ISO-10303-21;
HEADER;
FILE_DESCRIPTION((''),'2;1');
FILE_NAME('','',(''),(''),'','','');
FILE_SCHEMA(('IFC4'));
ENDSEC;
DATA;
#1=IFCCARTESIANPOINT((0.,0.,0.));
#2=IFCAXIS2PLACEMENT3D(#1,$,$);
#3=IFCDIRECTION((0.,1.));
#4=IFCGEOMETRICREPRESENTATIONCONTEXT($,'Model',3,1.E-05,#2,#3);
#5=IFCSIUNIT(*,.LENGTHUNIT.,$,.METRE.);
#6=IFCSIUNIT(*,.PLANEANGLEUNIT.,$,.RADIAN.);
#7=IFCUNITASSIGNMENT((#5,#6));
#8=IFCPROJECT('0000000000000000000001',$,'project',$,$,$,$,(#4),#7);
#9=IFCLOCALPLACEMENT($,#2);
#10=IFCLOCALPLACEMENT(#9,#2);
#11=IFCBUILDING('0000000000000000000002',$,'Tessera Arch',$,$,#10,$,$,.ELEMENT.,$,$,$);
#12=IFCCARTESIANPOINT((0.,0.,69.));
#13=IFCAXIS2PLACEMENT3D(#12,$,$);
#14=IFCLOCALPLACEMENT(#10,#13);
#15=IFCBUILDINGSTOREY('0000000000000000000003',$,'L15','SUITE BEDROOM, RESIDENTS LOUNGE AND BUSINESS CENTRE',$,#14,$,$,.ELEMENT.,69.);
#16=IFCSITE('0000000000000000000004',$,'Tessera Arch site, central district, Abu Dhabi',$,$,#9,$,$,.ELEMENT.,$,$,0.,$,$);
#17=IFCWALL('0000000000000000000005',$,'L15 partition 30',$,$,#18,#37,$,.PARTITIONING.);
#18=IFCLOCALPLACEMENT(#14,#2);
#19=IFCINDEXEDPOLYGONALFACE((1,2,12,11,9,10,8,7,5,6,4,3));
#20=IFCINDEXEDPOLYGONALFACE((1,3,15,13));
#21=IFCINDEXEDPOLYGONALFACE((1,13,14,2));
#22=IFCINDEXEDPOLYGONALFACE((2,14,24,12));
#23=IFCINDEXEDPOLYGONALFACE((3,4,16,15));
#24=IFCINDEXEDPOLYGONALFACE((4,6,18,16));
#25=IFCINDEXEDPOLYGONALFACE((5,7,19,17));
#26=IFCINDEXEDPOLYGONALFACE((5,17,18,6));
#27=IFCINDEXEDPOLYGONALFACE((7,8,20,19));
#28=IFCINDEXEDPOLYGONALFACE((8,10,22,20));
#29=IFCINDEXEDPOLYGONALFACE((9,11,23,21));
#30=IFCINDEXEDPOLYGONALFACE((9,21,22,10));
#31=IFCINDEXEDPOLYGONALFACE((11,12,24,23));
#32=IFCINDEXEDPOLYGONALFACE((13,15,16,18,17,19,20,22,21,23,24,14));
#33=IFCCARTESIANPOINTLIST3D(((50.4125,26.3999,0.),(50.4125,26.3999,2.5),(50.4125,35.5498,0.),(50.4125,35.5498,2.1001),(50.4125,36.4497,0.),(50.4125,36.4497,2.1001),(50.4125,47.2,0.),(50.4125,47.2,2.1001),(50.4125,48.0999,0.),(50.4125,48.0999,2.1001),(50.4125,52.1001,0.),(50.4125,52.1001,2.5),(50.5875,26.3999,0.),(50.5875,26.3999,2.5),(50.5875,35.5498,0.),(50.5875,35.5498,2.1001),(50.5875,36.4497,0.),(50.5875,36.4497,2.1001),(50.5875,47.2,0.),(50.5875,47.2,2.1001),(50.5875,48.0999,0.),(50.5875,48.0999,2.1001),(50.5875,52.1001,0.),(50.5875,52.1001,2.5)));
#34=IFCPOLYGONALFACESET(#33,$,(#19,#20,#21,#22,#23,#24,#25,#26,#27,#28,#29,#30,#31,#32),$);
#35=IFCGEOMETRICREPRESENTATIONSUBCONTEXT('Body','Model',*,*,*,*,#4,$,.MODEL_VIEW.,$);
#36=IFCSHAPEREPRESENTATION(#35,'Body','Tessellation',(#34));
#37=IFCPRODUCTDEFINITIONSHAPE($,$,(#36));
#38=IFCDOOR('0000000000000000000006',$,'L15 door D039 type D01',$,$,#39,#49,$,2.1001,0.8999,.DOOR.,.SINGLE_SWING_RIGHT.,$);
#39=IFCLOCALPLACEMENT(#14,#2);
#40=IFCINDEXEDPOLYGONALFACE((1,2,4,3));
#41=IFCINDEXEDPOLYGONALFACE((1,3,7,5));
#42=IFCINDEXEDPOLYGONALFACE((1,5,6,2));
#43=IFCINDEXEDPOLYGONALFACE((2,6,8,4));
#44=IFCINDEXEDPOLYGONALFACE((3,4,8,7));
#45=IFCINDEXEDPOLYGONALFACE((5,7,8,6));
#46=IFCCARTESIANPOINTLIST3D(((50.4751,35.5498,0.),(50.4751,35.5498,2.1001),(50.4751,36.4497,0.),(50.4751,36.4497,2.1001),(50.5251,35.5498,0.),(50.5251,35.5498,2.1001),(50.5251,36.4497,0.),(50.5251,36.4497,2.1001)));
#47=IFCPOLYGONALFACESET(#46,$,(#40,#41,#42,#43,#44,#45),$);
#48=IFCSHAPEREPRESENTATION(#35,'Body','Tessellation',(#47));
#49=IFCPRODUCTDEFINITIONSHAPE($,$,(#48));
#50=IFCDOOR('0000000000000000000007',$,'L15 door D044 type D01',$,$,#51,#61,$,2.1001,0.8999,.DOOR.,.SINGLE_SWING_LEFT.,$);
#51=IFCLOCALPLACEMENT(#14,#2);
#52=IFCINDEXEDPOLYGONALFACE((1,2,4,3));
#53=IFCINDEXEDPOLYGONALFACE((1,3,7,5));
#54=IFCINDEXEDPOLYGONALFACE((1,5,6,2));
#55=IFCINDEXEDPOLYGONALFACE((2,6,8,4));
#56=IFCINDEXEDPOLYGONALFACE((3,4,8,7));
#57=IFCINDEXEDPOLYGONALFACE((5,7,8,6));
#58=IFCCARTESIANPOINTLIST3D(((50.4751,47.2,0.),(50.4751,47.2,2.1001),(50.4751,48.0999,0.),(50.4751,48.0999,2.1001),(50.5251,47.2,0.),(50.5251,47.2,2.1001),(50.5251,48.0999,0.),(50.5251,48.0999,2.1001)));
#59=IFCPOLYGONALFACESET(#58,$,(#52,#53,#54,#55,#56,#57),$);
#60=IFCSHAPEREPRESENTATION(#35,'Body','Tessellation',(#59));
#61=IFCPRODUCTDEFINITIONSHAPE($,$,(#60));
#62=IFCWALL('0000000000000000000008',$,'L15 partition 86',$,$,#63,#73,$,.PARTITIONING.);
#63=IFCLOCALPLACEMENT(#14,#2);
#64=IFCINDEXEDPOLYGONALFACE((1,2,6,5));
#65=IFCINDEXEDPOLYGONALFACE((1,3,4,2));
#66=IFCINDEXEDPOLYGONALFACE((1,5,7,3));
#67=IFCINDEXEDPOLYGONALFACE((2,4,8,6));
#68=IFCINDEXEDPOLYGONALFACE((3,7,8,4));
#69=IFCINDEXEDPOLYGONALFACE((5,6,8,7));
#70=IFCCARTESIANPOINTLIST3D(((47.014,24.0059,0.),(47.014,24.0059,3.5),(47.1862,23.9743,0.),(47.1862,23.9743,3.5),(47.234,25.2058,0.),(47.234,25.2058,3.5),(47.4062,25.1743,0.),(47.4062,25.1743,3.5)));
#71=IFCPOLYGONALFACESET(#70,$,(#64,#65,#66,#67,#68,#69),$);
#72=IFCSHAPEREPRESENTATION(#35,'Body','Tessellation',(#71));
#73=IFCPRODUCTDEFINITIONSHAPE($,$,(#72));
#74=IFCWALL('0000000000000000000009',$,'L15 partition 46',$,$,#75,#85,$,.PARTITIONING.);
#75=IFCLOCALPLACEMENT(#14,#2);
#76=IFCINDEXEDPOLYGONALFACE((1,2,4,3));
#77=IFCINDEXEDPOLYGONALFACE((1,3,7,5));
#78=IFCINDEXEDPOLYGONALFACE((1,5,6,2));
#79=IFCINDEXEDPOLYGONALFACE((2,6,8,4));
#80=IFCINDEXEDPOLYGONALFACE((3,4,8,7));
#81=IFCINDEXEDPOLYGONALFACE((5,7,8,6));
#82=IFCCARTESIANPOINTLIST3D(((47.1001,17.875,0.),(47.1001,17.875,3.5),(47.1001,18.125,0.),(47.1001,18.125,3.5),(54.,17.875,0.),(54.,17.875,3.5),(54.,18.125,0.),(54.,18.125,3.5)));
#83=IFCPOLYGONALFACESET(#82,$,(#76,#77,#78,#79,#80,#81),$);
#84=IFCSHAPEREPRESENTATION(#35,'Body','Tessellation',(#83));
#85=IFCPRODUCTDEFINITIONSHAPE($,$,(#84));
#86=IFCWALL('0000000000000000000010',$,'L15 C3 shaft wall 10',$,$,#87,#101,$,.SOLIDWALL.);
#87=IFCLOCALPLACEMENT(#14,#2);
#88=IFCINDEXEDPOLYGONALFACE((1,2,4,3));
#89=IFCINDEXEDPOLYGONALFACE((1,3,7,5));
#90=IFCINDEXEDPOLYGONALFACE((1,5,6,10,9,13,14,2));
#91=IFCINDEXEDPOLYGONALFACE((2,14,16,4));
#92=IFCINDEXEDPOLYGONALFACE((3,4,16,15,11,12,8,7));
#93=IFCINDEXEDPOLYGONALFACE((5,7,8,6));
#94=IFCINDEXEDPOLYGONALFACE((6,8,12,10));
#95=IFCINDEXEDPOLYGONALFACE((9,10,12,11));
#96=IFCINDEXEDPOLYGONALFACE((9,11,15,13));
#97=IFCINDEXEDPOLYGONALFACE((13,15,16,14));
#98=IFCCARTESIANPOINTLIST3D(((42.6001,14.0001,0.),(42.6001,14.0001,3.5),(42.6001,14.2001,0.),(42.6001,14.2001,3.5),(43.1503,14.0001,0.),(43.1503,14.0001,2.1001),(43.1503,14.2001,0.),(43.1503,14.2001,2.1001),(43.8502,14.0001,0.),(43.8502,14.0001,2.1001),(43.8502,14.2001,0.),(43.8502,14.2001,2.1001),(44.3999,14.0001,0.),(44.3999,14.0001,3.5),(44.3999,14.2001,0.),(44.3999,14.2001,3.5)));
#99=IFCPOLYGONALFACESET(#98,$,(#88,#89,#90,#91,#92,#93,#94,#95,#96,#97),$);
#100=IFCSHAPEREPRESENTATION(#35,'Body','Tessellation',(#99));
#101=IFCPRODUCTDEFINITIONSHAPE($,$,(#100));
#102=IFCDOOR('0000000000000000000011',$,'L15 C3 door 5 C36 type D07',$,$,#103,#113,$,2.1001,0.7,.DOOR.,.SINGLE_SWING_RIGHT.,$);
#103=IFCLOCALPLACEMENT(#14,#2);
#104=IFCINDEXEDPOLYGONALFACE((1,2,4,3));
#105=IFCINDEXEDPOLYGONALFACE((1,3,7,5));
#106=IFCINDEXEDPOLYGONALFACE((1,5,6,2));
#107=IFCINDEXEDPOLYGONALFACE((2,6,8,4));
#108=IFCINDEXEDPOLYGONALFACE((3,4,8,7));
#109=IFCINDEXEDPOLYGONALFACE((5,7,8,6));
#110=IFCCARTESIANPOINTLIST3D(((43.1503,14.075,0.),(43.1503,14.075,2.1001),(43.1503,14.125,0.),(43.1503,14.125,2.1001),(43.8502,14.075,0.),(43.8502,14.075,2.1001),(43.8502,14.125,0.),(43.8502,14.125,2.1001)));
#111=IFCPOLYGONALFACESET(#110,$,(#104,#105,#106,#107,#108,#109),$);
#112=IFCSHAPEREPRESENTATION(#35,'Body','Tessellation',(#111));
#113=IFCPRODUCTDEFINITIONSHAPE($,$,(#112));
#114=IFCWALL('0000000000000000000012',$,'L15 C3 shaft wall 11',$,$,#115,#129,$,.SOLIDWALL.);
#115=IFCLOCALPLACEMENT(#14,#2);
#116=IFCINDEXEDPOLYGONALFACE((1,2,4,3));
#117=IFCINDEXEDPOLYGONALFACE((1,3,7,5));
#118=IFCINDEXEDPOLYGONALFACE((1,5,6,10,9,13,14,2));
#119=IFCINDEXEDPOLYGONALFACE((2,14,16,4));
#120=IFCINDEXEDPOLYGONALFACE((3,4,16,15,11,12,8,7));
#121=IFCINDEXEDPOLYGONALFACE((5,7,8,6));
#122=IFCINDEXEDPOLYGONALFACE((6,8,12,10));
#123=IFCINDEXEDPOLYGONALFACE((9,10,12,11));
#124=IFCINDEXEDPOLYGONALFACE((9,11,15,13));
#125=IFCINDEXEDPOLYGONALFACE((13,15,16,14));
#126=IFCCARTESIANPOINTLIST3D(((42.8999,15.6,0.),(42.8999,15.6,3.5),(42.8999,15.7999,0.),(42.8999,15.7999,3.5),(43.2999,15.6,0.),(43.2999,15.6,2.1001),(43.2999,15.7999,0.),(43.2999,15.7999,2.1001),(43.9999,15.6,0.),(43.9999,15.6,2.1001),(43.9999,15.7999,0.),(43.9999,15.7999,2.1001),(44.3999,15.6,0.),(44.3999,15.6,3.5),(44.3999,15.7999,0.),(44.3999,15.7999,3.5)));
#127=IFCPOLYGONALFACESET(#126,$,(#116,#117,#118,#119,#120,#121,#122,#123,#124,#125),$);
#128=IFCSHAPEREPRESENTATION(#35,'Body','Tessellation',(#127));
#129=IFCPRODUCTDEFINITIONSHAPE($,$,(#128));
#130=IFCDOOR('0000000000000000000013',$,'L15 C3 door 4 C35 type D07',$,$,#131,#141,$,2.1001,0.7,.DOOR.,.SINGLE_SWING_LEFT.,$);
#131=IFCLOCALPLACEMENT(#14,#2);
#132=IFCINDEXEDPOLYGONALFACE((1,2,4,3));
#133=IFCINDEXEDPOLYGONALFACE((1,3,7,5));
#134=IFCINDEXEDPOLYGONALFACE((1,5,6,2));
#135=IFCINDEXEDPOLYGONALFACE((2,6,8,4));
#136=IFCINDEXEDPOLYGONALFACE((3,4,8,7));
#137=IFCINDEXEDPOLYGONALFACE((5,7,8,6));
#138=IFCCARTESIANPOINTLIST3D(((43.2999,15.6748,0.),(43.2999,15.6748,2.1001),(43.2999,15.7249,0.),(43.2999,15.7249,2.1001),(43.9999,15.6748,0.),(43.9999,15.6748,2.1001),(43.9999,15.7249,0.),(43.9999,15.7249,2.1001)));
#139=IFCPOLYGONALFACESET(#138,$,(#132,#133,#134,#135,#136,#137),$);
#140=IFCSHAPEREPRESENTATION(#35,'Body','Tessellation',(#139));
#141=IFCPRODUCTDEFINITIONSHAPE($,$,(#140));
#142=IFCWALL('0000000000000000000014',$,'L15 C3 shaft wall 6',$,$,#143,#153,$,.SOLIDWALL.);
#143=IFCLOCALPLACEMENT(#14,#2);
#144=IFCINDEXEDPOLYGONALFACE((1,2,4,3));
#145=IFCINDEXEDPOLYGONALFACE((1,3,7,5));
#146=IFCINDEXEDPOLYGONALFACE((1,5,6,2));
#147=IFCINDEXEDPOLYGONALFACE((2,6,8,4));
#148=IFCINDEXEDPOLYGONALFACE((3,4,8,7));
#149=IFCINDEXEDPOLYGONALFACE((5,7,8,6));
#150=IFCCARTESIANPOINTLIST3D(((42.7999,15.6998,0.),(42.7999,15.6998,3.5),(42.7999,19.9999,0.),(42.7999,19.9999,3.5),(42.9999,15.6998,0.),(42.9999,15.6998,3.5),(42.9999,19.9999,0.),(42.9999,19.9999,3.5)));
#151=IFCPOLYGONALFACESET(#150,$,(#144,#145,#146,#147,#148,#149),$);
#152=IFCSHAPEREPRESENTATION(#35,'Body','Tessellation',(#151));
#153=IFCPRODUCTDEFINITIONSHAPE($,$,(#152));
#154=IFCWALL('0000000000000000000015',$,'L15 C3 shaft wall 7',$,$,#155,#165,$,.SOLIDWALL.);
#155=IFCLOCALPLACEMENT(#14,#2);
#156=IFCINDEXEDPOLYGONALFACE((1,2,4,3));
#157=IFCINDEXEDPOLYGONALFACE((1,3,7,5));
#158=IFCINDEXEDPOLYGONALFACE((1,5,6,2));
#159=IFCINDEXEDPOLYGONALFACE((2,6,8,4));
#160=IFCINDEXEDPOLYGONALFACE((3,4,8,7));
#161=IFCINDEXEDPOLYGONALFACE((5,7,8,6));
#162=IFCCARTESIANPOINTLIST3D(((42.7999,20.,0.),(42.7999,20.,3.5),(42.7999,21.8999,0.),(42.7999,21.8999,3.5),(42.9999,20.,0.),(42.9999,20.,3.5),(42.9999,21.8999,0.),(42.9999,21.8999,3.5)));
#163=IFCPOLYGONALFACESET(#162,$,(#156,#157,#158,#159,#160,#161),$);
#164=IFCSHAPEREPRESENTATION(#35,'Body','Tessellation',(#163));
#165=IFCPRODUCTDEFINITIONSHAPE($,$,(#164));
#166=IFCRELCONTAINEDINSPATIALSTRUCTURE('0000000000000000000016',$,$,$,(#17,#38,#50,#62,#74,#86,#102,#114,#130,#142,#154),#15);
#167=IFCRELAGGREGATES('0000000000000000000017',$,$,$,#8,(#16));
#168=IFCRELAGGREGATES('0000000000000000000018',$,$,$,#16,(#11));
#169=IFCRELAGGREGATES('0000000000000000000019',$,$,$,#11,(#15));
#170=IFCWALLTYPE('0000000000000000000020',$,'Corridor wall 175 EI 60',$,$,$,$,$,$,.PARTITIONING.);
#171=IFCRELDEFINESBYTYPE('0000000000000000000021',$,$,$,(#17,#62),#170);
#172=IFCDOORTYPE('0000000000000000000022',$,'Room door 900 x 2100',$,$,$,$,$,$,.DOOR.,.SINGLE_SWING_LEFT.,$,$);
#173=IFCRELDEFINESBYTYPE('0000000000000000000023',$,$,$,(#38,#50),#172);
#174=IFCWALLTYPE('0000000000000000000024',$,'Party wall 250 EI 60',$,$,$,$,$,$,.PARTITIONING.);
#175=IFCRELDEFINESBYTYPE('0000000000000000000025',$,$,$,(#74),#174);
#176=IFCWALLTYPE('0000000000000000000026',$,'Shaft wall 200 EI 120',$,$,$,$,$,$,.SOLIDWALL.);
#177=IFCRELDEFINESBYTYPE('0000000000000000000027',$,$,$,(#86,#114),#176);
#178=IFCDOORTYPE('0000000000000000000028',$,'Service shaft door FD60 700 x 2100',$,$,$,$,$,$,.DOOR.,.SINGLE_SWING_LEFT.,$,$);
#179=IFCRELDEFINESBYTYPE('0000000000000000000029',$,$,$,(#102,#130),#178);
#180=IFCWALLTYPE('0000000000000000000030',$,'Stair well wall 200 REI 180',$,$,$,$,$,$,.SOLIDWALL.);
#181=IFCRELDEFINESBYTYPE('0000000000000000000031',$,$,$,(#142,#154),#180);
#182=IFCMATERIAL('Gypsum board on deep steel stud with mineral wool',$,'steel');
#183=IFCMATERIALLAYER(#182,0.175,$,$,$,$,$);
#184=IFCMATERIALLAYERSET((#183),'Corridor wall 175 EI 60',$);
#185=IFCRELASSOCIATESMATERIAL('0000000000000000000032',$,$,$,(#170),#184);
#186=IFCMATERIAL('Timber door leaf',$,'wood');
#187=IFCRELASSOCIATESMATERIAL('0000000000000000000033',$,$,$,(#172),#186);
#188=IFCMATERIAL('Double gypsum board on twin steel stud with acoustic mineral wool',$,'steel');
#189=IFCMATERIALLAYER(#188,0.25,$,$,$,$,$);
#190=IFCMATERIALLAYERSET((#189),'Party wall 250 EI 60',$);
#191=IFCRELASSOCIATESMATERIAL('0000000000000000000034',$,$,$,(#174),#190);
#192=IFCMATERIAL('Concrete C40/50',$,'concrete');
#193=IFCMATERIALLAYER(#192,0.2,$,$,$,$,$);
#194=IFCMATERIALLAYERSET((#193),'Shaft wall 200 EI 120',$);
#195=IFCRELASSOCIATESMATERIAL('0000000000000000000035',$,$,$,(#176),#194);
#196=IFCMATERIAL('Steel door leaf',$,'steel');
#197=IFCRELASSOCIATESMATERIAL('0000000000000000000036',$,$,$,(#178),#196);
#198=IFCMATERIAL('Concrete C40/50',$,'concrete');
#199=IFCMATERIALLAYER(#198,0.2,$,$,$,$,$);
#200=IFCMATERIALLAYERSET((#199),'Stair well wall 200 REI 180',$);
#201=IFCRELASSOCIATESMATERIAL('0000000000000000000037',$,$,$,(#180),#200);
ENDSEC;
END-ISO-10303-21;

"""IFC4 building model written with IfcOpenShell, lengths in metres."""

from ifc_helpers import new_model, si_unit, direction, frame, frame_2d, origin, place, context, subcontext, project, spatial, rectangle, extrude, material, layer, layer_set, type_object, element, fill, save


model = new_model("IFC4")

# Units and contexts
model_context = context("Model", 3, precision=1e-05, world=origin(), true_north=direction((0.0, 1.0)))
body_context = subcontext(model_context, "Body", "Model", "MODEL_VIEW")
ifc_project = project(units=[si_unit("LENGTHUNIT", "METRE"), si_unit("PLANEANGLEUNIT", "RADIAN")], contexts=[model_context])

# Site, building, storey
site_placement = place(None, origin())
site = spatial("IfcSite", under=ifc_project, at=site_placement, Name="Tessera Arch site, central district, Abu Dhabi", CompositionType="ELEMENT", RefElevation=0.0)
building_placement = place(site_placement, origin())
building = spatial("IfcBuilding", under=site, at=building_placement, Name="Tessera Arch", CompositionType="ELEMENT")
storey_placement = place(building_placement, frame((0.0, 0.0, 69.0)))
storey = spatial("IfcBuildingStorey", under=building, at=storey_placement, Name="L15", Description="SUITE BEDROOM, RESIDENTS LOUNGE AND BUSINESS CENTRE", CompositionType="ELEMENT", Elevation=69.0)

# Shared definitions
ifc_material_1 = material(Name="Gypsum board on deep steel stud with mineral wool", Category="steel")
ifc_layer_1 = layer(ifc_material_1, 0.175)
ifc_layer_set_1 = layer_set([ifc_layer_1], Name="Corridor wall 175 EI 60")
wall_type_1 = type_object("IfcWallType", Name="Corridor wall 175 EI 60", PredefinedType="PARTITIONING", material=ifc_layer_set_1)

# Wall, openings, doors
wall_1_placement = place(storey_placement, frame((50.5, 26.3999, 0.0), z_axis=(0.0, 0.0, 1.0), x_axis=(0.0, 1.0, 0.0)))
wall_1 = element("IfcWall", 1, at=wall_1_placement, inside=storey, type_object=wall_type_1, Name="L15 partition 30", PredefinedType="PARTITIONING", context=body_context, shape_type="SweptSolid", body=[
    extrude(rectangle(XDim=25.7002, YDim=0.175, at=frame_2d((12.8501, 0.0))), origin(), (0.0, 0.0, 1.0), 2.5),
])
opening_1_placement = place(wall_1_placement, frame((9.1499, 0.0, 0.0)))
opening_1 = element("IfcOpeningElement", 2, at=opening_1_placement, cuts=wall_1, PredefinedType="OPENING", context=body_context, shape_type="SweptSolid", body=[
    extrude(rectangle(XDim=0.8999, YDim=2.1001, at=frame_2d((0.45, 1.05))), frame((0.0, 0.0974, 0.0), z_axis=(0.0, -1.0, 0.0), x_axis=(1.0, 0.0, 0.0)), (0.0, 0.0, 1.0), 0.1951),
])
opening_2_placement = place(wall_1_placement, frame((20.8, 0.0, 0.0)))
opening_2 = element("IfcOpeningElement", 3, at=opening_2_placement, cuts=wall_1, PredefinedType="OPENING", context=body_context, shape_type="SweptSolid", body=[
    extrude(rectangle(XDim=0.8999, YDim=2.1001, at=frame_2d((0.45, 1.05))), frame((0.0, 0.0974, 0.0), z_axis=(0.0, -1.0, 0.0), x_axis=(1.0, 0.0, 0.0)), (0.0, 0.0, 1.0), 0.1951),
])
ifc_material_2 = material(Name="Timber door leaf", Category="wood")
door_type_1 = type_object("IfcDoorType", Name="Room door 900 x 2100", OperationType="SINGLE_SWING_LEFT", PredefinedType="DOOR", material=ifc_material_2)
door_1_placement = place(opening_1_placement, origin())
door_1 = element("IfcDoor", 4, at=door_1_placement, inside=storey, type_object=door_type_1, Name="L15 door D039 type D01", OperationType="SINGLE_SWING_RIGHT", OverallHeight=2.1001, OverallWidth=0.8999, PredefinedType="DOOR", context=body_context, shape_type="SweptSolid", body=[
    extrude(rectangle(XDim=0.8999, YDim=2.1001, at=frame_2d((0.45, 1.05))), frame((0.0, 0.0249, 0.0), z_axis=(0.0, -1.0, 0.0), x_axis=(1.0, 0.0, 0.0)), (0.0, 0.0, 1.0), 0.05),
])
fill(opening_1, door_1)
door_2_placement = place(opening_2_placement, origin())
door_2 = element("IfcDoor", 5, at=door_2_placement, inside=storey, type_object=door_type_1, Name="L15 door D044 type D01", OperationType="SINGLE_SWING_LEFT", OverallHeight=2.1001, OverallWidth=0.8999, PredefinedType="DOOR", context=body_context, shape_type="SweptSolid", body=[
    extrude(rectangle(XDim=0.8999, YDim=2.1001, at=frame_2d((0.45, 1.05))), frame((0.0, 0.0249, 0.0), z_axis=(0.0, -1.0, 0.0), x_axis=(1.0, 0.0, 0.0)), (0.0, 0.0, 1.0), 0.05),
])
fill(opening_2, door_2)

# Walls
wall_2_placement = place(storey_placement, frame((47.3201, 25.1899, 0.0), z_axis=(0.0, 0.0, 1.0), x_axis=(-0.180312, -0.98361, 0.0)))
element("IfcWall", 6, at=wall_2_placement, inside=storey, type_object=wall_type_1, Name="L15 partition 86", PredefinedType="PARTITIONING", context=body_context, shape_type="SweptSolid", body=[
    extrude(rectangle(XDim=1.22, YDim=0.175, at=frame_2d((0.6099, 0.0))), origin(), (0.0, 0.0, 1.0), 3.5),
])
ifc_material_3 = material(Name="Double gypsum board on twin steel stud with acoustic mineral wool", Category="steel")
ifc_layer_2 = layer(ifc_material_3, 0.25)
ifc_layer_set_2 = layer_set([ifc_layer_2], Name="Party wall 250 EI 60")
wall_type_2 = type_object("IfcWallType", Name="Party wall 250 EI 60", PredefinedType="PARTITIONING", material=ifc_layer_set_2)
wall_3_placement = place(storey_placement, frame((47.1001, 18.0, 0.0), z_axis=(0.0, 0.0, 1.0), x_axis=(1.0, 0.0, 0.0)))
element("IfcWall", 7, at=wall_3_placement, inside=storey, type_object=wall_type_2, Name="L15 partition 46", PredefinedType="PARTITIONING", context=body_context, shape_type="SweptSolid", body=[
    extrude(rectangle(XDim=6.8999, YDim=0.25, at=frame_2d((3.45, 0.0))), origin(), (0.0, 0.0, 1.0), 3.5),
])

# Walls, openings, doors
ifc_material_4 = material(Name="Concrete C40/50", Category="concrete")
ifc_layer_3 = layer(ifc_material_4, 0.2)
ifc_layer_set_3 = layer_set([ifc_layer_3], Name="Shaft wall 200 EI 120")
wall_type_3 = type_object("IfcWallType", Name="Shaft wall 200 EI 120", PredefinedType="SOLIDWALL", material=ifc_layer_set_3)
wall_4_placement = place(storey_placement, frame((42.6001, 14.1001, 0.0), z_axis=(0.0, 0.0, 1.0), x_axis=(1.0, 0.0, 0.0)))
wall_4 = element("IfcWall", 8, at=wall_4_placement, inside=storey, type_object=wall_type_3, Name="L15 C3 shaft wall 10", PredefinedType="SOLIDWALL", context=body_context, shape_type="SweptSolid", body=[
    extrude(rectangle(XDim=1.7998, YDim=0.2, at=frame_2d((0.8999, 0.0))), origin(), (0.0, 0.0, 1.0), 3.5),
])
opening_3_placement = place(wall_4_placement, frame((0.55, 0.0, 0.0)))
opening_3 = element("IfcOpeningElement", 9, at=opening_3_placement, cuts=wall_4, PredefinedType="OPENING", context=body_context, shape_type="SweptSolid", body=[
    extrude(rectangle(XDim=0.7, YDim=2.1001, at=frame_2d((0.3501, 1.05))), frame((0.0, 0.1099, 0.0), z_axis=(0.0, -1.0, 0.0), x_axis=(1.0, 0.0, 0.0)), (0.0, 0.0, 1.0), 0.22),
])
ifc_material_5 = material(Name="Steel door leaf", Category="steel")
door_type_2 = type_object("IfcDoorType", Name="Service shaft door FD60 700 x 2100", OperationType="SINGLE_SWING_LEFT", PredefinedType="DOOR", material=ifc_material_5)
door_3_placement = place(opening_3_placement, origin())
door_3 = element("IfcDoor", 10, at=door_3_placement, inside=storey, type_object=door_type_2, Name="L15 C3 door 5 C36 type D07", OperationType="SINGLE_SWING_RIGHT", OverallHeight=2.1001, OverallWidth=0.7, PredefinedType="DOOR", context=body_context, shape_type="SweptSolid", body=[
    extrude(rectangle(XDim=0.7, YDim=2.1001, at=frame_2d((0.3501, 1.05))), frame((0.0, 0.0249, 0.0), z_axis=(0.0, -1.0, 0.0), x_axis=(1.0, 0.0, 0.0)), (0.0, 0.0, 1.0), 0.05),
])
fill(opening_3, door_3)
wall_5_placement = place(storey_placement, frame((42.8999, 15.7, 0.0), z_axis=(0.0, 0.0, 1.0), x_axis=(1.0, 0.0, 0.0)))
wall_5 = element("IfcWall", 11, at=wall_5_placement, inside=storey, type_object=wall_type_3, Name="L15 C3 shaft wall 11", PredefinedType="SOLIDWALL", context=body_context, shape_type="SweptSolid", body=[
    extrude(rectangle(XDim=1.5, YDim=0.2, at=frame_2d((0.75, 0.0))), origin(), (0.0, 0.0, 1.0), 3.5),
])
opening_4_placement = place(wall_5_placement, frame((0.3999, 0.0, 0.0)))
opening_4 = element("IfcOpeningElement", 12, at=opening_4_placement, cuts=wall_5, PredefinedType="OPENING", context=body_context, shape_type="SweptSolid", body=[
    extrude(rectangle(XDim=0.7, YDim=2.1001, at=frame_2d((0.3501, 1.05))), frame((0.0, 0.1099, 0.0), z_axis=(0.0, -1.0, 0.0), x_axis=(1.0, 0.0, 0.0)), (0.0, 0.0, 1.0), 0.22),
])
door_4_placement = place(opening_4_placement, origin())
door_4 = element("IfcDoor", 13, at=door_4_placement, inside=storey, type_object=door_type_2, Name="L15 C3 door 4 C35 type D07", OperationType="SINGLE_SWING_LEFT", OverallHeight=2.1001, OverallWidth=0.7, PredefinedType="DOOR", context=body_context, shape_type="SweptSolid", body=[
    extrude(rectangle(XDim=0.7, YDim=2.1001, at=frame_2d((0.3501, 1.05))), frame((0.0, 0.0249, 0.0), z_axis=(0.0, -1.0, 0.0), x_axis=(1.0, 0.0, 0.0)), (0.0, 0.0, 1.0), 0.05),
])
fill(opening_4, door_4)

# Walls
ifc_material_6 = material(Name="Concrete C40/50", Category="concrete")
ifc_layer_4 = layer(ifc_material_6, 0.2)
ifc_layer_set_4 = layer_set([ifc_layer_4], Name="Stair well wall 200 REI 180")
wall_type_4 = type_object("IfcWallType", Name="Stair well wall 200 REI 180", PredefinedType="SOLIDWALL", material=ifc_layer_set_4)
wall_6_placement = place(storey_placement, frame((42.8999, 15.7, 0.0), z_axis=(0.0, 0.0, 1.0), x_axis=(0.0, 1.0, 0.0)))
element("IfcWall", 14, at=wall_6_placement, inside=storey, type_object=wall_type_4, Name="L15 C3 shaft wall 6", PredefinedType="SOLIDWALL", context=body_context, shape_type="SweptSolid", body=[
    extrude(rectangle(XDim=4.3, YDim=0.2, at=frame_2d((2.1499, 0.0))), origin(), (0.0, 0.0, 1.0), 3.5),
])
wall_7_placement = place(storey_placement, frame((42.8999, 20.0, 0.0), z_axis=(0.0, 0.0, 1.0), x_axis=(0.0, 1.0, 0.0)))
element("IfcWall", 15, at=wall_7_placement, inside=storey, type_object=wall_type_4, Name="L15 C3 shaft wall 7", PredefinedType="SOLIDWALL", context=body_context, shape_type="SweptSolid", body=[
    extrude(rectangle(XDim=1.8999, YDim=0.2, at=frame_2d((0.95, 0.0))), origin(), (0.0, 0.0, 1.0), 3.5),
])

save(model, "model.ifc")
